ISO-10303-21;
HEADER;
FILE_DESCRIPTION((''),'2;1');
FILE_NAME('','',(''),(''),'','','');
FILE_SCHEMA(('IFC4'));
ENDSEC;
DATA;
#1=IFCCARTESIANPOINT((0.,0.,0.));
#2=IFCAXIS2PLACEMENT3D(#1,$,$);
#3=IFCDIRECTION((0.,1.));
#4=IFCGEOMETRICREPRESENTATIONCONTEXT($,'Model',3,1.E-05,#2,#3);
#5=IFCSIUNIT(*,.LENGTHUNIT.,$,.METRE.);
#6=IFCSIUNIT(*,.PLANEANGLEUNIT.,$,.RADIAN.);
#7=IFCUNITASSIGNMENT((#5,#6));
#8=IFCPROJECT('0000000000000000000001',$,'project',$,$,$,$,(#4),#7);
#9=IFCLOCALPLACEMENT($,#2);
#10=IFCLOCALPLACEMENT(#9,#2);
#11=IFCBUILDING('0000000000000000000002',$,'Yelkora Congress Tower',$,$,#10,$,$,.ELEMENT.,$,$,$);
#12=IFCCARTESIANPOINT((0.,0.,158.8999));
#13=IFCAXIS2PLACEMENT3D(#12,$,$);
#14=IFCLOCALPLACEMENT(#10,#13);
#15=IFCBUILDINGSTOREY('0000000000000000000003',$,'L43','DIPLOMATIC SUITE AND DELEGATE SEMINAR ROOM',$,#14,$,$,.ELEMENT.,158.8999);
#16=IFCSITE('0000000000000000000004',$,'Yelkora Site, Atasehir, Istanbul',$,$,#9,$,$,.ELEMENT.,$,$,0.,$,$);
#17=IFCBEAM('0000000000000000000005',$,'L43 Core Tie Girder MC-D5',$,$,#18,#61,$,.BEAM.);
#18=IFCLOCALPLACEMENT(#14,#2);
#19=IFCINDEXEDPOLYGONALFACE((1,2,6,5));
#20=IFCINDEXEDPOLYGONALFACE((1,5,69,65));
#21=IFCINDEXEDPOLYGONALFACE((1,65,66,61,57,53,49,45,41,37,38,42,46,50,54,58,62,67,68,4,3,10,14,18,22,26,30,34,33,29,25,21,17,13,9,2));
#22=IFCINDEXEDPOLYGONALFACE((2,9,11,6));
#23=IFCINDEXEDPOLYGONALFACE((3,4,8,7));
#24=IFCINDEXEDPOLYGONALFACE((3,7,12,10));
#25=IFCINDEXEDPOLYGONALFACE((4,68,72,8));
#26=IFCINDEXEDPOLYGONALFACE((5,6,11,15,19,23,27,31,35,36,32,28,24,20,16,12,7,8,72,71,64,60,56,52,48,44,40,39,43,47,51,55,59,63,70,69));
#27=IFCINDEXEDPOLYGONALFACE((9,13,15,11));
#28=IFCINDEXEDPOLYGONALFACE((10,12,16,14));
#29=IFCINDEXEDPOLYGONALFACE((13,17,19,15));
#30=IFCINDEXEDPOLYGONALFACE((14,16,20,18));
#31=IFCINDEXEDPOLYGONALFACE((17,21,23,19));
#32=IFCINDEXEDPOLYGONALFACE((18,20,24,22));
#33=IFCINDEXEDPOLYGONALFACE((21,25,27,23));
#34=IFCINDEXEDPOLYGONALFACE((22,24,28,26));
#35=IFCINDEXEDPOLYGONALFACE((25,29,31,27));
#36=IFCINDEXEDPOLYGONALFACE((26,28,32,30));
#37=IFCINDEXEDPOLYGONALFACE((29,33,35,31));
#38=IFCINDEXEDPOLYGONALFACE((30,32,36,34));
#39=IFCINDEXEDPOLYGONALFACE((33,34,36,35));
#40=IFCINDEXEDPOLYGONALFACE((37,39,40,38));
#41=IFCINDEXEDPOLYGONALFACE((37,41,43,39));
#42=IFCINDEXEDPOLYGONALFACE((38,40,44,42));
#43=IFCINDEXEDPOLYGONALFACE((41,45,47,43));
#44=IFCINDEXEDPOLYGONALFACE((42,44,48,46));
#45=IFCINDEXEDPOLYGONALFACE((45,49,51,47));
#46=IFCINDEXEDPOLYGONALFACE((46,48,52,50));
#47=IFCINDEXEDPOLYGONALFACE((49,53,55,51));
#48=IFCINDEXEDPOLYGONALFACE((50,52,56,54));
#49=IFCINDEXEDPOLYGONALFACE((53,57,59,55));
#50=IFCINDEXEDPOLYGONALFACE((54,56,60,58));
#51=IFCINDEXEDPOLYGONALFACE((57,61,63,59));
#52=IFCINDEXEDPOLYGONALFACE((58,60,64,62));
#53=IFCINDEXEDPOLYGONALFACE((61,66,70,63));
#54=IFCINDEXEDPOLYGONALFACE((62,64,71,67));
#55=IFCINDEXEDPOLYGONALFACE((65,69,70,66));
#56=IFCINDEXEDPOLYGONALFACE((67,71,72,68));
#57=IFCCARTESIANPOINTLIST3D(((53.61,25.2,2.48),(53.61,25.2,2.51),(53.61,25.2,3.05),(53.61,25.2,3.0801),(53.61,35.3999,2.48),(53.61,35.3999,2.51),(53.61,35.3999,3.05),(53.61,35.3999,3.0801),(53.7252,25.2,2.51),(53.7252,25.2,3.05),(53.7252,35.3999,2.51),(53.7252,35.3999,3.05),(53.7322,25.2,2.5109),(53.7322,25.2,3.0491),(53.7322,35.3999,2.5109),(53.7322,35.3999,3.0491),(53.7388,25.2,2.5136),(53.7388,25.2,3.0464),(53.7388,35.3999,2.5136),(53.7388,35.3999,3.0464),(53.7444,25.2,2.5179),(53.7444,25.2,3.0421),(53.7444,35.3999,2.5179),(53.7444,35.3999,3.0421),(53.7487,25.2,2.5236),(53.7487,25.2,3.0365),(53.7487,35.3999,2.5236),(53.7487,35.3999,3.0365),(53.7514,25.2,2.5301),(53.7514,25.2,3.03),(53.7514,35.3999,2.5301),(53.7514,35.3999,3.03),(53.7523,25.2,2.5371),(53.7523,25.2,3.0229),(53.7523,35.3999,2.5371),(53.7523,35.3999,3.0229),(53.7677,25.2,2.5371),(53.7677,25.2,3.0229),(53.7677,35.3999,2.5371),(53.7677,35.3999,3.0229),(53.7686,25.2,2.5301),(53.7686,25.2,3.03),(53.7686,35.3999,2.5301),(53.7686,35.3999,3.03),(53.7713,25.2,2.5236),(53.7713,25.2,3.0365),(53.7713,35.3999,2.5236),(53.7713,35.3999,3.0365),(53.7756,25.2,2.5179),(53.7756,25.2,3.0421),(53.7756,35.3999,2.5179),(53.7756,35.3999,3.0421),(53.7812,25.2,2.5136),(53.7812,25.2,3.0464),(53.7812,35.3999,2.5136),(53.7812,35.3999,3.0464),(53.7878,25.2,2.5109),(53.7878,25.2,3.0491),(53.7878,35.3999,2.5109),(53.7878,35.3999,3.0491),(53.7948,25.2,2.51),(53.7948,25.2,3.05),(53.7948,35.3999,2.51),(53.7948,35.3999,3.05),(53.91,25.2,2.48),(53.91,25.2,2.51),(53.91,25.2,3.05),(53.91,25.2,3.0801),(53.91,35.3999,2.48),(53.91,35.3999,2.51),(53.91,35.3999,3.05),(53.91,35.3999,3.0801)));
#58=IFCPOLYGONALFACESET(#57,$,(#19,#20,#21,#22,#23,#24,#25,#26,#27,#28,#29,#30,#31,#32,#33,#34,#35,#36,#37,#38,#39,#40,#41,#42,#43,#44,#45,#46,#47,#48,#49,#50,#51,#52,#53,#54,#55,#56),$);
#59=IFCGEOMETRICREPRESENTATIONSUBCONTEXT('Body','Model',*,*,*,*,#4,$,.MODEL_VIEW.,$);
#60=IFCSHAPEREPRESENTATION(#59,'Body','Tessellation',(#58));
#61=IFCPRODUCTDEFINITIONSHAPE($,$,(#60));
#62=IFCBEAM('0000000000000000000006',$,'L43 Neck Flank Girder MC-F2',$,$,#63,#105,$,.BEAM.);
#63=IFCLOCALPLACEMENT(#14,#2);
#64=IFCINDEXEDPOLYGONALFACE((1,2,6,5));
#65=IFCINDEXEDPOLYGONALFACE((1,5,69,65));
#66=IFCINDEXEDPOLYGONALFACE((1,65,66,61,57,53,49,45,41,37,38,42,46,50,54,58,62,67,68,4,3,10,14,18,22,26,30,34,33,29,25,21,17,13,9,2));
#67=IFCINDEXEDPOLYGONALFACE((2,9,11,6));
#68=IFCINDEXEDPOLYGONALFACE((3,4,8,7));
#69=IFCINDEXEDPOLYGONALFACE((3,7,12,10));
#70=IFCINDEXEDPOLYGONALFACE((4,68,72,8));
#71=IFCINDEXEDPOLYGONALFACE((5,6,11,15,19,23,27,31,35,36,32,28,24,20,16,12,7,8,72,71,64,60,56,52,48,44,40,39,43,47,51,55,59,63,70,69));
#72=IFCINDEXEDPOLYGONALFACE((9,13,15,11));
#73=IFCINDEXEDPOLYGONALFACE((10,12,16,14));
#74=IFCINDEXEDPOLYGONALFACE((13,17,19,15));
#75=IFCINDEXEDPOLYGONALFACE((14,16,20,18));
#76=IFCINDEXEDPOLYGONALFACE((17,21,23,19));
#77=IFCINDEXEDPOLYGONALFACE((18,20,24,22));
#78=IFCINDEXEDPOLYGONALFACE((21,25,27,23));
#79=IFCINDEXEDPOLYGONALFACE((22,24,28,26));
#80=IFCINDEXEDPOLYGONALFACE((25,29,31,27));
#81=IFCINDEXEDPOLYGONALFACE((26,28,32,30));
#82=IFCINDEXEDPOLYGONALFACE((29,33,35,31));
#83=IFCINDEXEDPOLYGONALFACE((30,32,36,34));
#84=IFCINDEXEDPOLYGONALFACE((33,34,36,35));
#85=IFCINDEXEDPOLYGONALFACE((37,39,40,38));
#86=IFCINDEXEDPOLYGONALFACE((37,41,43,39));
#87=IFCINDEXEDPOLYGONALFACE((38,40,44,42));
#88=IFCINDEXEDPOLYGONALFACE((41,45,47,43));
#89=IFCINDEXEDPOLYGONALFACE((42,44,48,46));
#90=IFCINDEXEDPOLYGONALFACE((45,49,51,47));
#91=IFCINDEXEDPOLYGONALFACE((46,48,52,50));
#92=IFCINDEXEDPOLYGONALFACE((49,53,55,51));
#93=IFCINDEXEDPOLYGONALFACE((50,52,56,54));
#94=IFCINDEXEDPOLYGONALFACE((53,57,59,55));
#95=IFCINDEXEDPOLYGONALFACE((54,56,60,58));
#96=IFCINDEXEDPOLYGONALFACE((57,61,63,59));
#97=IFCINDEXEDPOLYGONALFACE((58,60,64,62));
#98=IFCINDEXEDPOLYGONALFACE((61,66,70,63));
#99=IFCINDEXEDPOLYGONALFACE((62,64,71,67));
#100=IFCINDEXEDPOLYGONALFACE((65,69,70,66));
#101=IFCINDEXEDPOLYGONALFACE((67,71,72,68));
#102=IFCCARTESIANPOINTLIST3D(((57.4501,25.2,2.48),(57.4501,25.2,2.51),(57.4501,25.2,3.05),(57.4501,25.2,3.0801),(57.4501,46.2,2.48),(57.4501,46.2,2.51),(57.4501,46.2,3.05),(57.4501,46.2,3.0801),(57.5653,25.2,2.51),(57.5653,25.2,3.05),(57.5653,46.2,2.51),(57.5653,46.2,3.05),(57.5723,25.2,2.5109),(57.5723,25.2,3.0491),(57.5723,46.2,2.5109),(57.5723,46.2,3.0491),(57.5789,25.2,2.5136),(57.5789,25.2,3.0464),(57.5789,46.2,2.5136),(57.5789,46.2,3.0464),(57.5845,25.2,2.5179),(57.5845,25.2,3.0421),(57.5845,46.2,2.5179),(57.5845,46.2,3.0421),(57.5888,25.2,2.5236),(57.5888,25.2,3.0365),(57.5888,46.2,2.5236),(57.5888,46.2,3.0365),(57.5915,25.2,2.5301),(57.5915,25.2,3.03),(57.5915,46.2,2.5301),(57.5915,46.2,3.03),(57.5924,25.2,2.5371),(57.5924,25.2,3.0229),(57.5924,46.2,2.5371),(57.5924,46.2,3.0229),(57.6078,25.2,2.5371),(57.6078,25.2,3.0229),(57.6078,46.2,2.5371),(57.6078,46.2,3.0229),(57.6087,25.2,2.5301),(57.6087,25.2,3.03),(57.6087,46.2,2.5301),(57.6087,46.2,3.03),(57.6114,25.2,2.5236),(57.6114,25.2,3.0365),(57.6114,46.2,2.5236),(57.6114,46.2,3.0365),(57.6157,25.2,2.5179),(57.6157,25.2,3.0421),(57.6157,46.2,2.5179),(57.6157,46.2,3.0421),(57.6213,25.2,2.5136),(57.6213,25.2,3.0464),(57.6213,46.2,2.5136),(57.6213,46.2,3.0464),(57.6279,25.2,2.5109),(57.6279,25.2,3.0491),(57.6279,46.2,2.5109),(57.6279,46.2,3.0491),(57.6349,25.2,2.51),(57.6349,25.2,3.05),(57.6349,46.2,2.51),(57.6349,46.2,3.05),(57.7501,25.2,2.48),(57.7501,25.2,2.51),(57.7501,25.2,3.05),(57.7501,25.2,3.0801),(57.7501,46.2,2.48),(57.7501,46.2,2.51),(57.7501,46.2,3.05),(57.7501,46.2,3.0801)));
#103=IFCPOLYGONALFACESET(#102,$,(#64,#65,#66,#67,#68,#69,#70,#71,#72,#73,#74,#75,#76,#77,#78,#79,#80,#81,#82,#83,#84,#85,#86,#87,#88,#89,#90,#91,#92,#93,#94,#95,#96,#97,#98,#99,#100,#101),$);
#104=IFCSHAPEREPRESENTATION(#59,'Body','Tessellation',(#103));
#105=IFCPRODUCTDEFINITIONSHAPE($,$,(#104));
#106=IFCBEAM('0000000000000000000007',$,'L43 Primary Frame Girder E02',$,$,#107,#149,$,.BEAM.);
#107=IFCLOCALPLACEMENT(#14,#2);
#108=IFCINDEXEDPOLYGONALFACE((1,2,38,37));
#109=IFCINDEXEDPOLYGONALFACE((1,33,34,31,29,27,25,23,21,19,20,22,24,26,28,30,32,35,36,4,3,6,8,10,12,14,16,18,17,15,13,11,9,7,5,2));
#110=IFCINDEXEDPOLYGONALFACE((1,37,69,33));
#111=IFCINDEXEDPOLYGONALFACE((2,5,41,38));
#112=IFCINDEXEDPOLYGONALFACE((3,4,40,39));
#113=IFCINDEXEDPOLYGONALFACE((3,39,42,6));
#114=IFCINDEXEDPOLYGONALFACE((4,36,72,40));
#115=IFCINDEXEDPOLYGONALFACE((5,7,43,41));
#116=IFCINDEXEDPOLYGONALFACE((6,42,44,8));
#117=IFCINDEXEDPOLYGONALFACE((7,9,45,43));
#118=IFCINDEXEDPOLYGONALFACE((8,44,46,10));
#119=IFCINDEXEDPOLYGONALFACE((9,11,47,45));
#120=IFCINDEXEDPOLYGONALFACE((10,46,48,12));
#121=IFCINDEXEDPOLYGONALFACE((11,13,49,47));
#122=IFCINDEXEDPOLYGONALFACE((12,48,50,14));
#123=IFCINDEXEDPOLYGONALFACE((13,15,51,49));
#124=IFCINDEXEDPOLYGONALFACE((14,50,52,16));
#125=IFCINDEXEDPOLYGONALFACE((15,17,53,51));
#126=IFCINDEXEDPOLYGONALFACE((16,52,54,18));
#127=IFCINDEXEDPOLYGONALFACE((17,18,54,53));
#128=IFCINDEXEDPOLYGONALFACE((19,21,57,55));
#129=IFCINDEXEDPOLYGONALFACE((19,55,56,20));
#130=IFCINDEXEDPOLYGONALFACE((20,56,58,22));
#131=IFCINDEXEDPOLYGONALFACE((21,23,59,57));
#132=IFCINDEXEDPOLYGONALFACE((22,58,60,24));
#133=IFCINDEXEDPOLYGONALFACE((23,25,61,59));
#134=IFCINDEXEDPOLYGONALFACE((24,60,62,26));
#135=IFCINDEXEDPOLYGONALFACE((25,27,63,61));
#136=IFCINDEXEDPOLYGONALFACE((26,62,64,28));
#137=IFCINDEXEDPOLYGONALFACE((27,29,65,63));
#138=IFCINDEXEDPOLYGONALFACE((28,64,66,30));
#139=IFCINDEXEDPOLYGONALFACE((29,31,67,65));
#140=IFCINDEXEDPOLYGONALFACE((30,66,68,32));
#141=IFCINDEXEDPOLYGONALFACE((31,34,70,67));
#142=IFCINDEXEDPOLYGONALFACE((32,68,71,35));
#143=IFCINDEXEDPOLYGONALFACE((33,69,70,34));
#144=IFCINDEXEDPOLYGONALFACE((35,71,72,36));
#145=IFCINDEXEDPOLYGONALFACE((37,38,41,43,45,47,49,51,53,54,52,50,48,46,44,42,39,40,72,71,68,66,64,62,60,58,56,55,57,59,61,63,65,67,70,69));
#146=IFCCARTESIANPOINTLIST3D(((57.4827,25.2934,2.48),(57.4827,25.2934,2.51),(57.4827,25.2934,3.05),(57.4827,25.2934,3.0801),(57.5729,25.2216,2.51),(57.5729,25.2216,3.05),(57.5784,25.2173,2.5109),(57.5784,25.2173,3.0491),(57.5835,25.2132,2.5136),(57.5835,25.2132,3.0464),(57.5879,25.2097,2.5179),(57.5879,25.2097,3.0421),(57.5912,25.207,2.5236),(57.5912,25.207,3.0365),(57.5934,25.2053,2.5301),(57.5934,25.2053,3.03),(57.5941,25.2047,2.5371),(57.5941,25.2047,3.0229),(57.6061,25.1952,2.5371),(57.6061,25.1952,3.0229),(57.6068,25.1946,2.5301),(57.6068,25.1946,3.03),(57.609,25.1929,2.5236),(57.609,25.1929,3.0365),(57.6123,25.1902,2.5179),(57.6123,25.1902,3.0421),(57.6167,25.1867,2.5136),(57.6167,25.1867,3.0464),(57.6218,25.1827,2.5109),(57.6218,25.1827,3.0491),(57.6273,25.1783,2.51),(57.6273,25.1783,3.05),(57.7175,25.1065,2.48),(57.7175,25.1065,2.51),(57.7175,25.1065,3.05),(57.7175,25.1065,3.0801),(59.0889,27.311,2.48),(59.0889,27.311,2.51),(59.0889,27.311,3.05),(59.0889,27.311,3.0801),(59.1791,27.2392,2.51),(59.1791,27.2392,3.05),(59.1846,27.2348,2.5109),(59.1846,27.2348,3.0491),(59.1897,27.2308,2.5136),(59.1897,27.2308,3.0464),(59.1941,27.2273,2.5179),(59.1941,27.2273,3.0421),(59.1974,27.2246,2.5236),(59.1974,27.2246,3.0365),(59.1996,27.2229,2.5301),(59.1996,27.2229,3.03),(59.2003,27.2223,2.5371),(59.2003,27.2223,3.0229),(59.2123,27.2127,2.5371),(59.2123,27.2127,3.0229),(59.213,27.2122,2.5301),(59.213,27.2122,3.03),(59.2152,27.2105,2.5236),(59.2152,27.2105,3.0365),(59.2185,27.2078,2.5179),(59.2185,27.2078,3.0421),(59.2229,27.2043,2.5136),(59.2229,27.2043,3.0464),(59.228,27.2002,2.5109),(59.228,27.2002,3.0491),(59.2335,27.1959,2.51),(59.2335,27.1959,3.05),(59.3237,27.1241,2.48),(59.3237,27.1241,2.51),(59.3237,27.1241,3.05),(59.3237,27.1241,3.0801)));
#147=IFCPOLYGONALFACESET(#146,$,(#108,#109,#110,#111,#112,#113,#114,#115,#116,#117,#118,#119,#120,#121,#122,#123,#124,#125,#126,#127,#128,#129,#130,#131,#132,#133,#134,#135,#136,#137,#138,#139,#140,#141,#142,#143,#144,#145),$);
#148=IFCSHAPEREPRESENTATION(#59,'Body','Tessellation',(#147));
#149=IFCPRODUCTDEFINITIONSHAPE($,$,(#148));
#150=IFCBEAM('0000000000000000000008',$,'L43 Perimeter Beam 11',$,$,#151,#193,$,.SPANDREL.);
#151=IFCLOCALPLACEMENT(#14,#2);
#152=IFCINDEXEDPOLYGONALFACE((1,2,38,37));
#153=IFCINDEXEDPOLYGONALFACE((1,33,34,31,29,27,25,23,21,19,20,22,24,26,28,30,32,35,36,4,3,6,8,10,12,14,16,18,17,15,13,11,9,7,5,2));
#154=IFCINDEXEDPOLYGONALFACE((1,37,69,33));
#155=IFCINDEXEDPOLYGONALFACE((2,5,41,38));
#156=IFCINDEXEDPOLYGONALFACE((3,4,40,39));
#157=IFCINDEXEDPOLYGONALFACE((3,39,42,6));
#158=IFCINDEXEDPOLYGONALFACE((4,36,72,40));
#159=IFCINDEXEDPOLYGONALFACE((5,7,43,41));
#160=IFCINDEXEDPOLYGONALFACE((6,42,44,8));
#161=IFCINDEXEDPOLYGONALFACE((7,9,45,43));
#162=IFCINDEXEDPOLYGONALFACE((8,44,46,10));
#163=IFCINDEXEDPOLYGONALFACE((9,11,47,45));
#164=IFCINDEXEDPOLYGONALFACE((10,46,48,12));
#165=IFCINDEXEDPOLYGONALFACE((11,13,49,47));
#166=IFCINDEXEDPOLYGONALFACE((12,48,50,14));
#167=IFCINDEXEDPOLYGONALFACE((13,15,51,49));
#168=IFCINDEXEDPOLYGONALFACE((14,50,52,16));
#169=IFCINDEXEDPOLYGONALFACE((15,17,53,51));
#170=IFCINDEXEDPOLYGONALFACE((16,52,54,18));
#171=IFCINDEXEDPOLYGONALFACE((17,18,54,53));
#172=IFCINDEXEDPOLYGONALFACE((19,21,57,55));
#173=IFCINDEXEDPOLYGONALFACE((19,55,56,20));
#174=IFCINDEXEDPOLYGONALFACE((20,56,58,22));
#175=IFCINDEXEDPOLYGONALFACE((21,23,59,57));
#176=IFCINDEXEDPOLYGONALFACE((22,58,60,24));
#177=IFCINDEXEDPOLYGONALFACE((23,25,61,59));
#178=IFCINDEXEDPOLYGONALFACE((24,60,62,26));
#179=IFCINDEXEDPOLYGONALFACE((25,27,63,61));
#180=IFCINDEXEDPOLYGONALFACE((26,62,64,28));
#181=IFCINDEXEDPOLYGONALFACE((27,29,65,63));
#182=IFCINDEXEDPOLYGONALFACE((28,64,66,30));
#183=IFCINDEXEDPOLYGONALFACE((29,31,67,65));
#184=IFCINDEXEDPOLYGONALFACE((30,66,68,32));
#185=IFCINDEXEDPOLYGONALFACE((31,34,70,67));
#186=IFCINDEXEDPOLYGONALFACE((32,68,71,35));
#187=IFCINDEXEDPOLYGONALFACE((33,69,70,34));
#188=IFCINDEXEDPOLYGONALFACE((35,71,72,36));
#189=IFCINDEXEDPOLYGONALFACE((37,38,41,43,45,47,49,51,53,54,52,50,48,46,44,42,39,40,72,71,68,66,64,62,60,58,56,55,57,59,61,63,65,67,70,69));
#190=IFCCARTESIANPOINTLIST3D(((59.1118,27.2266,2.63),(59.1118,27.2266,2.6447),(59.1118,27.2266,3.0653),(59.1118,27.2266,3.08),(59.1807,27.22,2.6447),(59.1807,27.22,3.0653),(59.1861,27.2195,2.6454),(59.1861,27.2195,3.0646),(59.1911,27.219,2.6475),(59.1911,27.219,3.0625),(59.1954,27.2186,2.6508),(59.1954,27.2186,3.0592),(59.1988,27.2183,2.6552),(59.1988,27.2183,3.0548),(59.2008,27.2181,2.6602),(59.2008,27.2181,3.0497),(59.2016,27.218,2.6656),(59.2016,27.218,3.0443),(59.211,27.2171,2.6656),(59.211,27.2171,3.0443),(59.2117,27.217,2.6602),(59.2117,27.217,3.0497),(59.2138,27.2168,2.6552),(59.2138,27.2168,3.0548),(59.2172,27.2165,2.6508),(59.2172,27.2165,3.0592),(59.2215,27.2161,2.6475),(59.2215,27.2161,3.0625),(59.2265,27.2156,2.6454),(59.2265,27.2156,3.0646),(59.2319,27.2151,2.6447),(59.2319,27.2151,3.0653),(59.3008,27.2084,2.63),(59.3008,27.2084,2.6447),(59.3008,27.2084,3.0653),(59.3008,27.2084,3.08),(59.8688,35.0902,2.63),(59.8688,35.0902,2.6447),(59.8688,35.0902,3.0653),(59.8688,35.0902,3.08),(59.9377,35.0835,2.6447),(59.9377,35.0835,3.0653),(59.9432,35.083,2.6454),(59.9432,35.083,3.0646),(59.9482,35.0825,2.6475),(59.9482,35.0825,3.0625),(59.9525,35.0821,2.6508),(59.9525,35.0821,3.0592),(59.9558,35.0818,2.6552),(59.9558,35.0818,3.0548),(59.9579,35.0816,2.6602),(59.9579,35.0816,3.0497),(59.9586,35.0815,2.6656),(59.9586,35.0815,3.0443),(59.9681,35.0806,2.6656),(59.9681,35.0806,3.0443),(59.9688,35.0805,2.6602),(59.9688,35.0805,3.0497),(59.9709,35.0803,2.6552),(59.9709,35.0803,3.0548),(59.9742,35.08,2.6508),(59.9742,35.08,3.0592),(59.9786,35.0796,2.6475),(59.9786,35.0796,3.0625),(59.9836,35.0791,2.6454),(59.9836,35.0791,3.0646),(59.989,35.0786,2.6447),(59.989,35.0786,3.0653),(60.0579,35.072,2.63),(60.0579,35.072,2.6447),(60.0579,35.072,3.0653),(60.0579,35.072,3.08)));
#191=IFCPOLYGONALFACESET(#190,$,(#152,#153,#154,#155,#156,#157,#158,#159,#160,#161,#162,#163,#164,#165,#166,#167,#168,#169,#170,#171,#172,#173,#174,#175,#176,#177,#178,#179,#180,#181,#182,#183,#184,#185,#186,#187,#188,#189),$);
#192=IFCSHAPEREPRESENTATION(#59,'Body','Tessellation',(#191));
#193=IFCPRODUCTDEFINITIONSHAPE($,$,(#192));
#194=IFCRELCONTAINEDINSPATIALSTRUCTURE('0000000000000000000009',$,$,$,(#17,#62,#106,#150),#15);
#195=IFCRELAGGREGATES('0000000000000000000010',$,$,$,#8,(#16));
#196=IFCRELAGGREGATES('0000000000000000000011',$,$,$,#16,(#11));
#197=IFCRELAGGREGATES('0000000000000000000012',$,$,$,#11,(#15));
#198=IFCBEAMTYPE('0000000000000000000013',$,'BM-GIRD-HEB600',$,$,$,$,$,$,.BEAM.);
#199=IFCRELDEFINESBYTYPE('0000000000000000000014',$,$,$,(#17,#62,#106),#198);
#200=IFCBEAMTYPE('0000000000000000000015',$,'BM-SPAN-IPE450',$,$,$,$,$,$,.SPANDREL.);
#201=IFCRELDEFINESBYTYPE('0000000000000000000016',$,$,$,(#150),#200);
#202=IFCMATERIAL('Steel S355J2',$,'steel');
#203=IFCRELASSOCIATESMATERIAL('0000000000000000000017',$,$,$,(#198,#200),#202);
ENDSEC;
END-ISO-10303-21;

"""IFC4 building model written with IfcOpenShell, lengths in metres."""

from ifc_helpers import new_model, si_unit, direction, frame, origin, origin_2d, place, context, subcontext, project, spatial, i_section, extrude, material, material_profile, profile_set, type_object, element, save


model = new_model("IFC4")

# Units and contexts
model_context = context("Model", 3, precision=1e-05, world=origin(), true_north=direction((0.0, 1.0)))
body_context = subcontext(model_context, "Body", "Model", "MODEL_VIEW")
ifc_project = project(units=[si_unit("LENGTHUNIT", "METRE"), si_unit("PLANEANGLEUNIT", "RADIAN")], contexts=[model_context])

# Site, building, storey
site_placement = place(None, origin())
site = spatial("IfcSite", under=ifc_project, at=site_placement, Name="Yelkora Site, Atasehir, Istanbul", CompositionType="ELEMENT", RefElevation=0.0)
building_placement = place(site_placement, origin())
building = spatial("IfcBuilding", under=site, at=building_placement, Name="Yelkora Congress Tower", CompositionType="ELEMENT")
storey_placement = place(building_placement, frame((0.0, 0.0, 158.8999)))
storey = spatial("IfcBuildingStorey", under=building, at=storey_placement, Name="L43", Description="DIPLOMATIC SUITE AND DELEGATE SEMINAR ROOM", CompositionType="ELEMENT", Elevation=158.8999)

# Beams
ifc_material_1 = material(Name="Steel S355J2", Category="steel")
ifc_material_profile_1 = material_profile(ifc_material_1, i_section(OverallWidth=0.3, OverallDepth=0.6001, WebThickness=0.0154, FlangeThickness=0.03, FilletRadius=0.0271, at=origin_2d()), Name="HEB 600")
ifc_profile_set_1 = profile_set([ifc_material_profile_1], Name="Steel S355J2")
beam_type_1 = type_object("IfcBeamType", Name="BM-GIRD-HEB600", PredefinedType="BEAM", material=ifc_profile_set_1)
beam_1_placement = place(storey_placement, frame((53.76, 25.2, 2.78), z_axis=(0.0, 1.0, 0.0), x_axis=(-1.0, 0.0, 0.0)))
element("IfcBeam", 1, at=beam_1_placement, inside=storey, type_object=beam_type_1, Name="L43 Core Tie Girder MC-D5", PredefinedType="BEAM", context=body_context, shape_type="SweptSolid", body=[
    extrude(i_section(OverallWidth=0.3, OverallDepth=0.6001, WebThickness=0.0154, FlangeThickness=0.03, FilletRadius=0.0271, at=origin_2d()), origin(), (0.0, 0.0, 1.0), 10.2),
])
beam_2_placement = place(storey_placement, frame((57.6001, 25.2, 2.78), z_axis=(0.0, 1.0, 0.0), x_axis=(-1.0, 0.0, 0.0)))
element("IfcBeam", 2, at=beam_2_placement, inside=storey, type_object=beam_type_1, Name="L43 Neck Flank Girder MC-F2", PredefinedType="BEAM", context=body_context, shape_type="SweptSolid", body=[
    extrude(i_section(OverallWidth=0.3, OverallDepth=0.6001, WebThickness=0.0154, FlangeThickness=0.03, FilletRadius=0.0271, at=origin_2d()), origin(), (0.0, 0.0, 1.0), 21.0),
])
beam_3_placement = place(storey_placement, frame((59.2063, 27.2175, 2.78), z_axis=(-0.622835, -0.782354, 0.0), x_axis=(0.782354, -0.622835, 0.0)))
element("IfcBeam", 3, at=beam_3_placement, inside=storey, type_object=beam_type_1, Name="L43 Primary Frame Girder E02", PredefinedType="BEAM", context=body_context, shape_type="SweptSolid", body=[
    extrude(i_section(OverallWidth=0.3, OverallDepth=0.6001, WebThickness=0.0154, FlangeThickness=0.03, FilletRadius=0.0271, at=origin_2d()), origin(), (0.0, 0.0, 1.0), 2.5789),
])
ifc_material_profile_2 = material_profile(ifc_material_1, i_section(OverallWidth=0.1899, OverallDepth=0.45, WebThickness=0.0095, FlangeThickness=0.0146, FilletRadius=0.021, at=origin_2d()), Name="IPE 450")
ifc_profile_set_2 = profile_set([ifc_material_profile_2], Name="Steel S355J2")
beam_type_2 = type_object("IfcBeamType", Name="BM-SPAN-IPE450", PredefinedType="SPANDREL", material=ifc_profile_set_2)
beam_4_placement = place(storey_placement, frame((59.2063, 27.2175, 2.855), z_axis=(0.095834, 0.995397, 0.0), x_axis=(-0.995397, 0.095834, 0.0)))
element("IfcBeam", 4, at=beam_4_placement, inside=storey, type_object=beam_type_2, Name="L43 Perimeter Beam 11", PredefinedType="SPANDREL", context=body_context, shape_type="SweptSolid", body=[
    extrude(i_section(OverallWidth=0.1899, OverallDepth=0.45, WebThickness=0.0095, FlangeThickness=0.0146, FilletRadius=0.021, at=origin_2d()), origin(), (0.0, 0.0, 1.0), 7.8999),
])

save(model, "model.ifc")
